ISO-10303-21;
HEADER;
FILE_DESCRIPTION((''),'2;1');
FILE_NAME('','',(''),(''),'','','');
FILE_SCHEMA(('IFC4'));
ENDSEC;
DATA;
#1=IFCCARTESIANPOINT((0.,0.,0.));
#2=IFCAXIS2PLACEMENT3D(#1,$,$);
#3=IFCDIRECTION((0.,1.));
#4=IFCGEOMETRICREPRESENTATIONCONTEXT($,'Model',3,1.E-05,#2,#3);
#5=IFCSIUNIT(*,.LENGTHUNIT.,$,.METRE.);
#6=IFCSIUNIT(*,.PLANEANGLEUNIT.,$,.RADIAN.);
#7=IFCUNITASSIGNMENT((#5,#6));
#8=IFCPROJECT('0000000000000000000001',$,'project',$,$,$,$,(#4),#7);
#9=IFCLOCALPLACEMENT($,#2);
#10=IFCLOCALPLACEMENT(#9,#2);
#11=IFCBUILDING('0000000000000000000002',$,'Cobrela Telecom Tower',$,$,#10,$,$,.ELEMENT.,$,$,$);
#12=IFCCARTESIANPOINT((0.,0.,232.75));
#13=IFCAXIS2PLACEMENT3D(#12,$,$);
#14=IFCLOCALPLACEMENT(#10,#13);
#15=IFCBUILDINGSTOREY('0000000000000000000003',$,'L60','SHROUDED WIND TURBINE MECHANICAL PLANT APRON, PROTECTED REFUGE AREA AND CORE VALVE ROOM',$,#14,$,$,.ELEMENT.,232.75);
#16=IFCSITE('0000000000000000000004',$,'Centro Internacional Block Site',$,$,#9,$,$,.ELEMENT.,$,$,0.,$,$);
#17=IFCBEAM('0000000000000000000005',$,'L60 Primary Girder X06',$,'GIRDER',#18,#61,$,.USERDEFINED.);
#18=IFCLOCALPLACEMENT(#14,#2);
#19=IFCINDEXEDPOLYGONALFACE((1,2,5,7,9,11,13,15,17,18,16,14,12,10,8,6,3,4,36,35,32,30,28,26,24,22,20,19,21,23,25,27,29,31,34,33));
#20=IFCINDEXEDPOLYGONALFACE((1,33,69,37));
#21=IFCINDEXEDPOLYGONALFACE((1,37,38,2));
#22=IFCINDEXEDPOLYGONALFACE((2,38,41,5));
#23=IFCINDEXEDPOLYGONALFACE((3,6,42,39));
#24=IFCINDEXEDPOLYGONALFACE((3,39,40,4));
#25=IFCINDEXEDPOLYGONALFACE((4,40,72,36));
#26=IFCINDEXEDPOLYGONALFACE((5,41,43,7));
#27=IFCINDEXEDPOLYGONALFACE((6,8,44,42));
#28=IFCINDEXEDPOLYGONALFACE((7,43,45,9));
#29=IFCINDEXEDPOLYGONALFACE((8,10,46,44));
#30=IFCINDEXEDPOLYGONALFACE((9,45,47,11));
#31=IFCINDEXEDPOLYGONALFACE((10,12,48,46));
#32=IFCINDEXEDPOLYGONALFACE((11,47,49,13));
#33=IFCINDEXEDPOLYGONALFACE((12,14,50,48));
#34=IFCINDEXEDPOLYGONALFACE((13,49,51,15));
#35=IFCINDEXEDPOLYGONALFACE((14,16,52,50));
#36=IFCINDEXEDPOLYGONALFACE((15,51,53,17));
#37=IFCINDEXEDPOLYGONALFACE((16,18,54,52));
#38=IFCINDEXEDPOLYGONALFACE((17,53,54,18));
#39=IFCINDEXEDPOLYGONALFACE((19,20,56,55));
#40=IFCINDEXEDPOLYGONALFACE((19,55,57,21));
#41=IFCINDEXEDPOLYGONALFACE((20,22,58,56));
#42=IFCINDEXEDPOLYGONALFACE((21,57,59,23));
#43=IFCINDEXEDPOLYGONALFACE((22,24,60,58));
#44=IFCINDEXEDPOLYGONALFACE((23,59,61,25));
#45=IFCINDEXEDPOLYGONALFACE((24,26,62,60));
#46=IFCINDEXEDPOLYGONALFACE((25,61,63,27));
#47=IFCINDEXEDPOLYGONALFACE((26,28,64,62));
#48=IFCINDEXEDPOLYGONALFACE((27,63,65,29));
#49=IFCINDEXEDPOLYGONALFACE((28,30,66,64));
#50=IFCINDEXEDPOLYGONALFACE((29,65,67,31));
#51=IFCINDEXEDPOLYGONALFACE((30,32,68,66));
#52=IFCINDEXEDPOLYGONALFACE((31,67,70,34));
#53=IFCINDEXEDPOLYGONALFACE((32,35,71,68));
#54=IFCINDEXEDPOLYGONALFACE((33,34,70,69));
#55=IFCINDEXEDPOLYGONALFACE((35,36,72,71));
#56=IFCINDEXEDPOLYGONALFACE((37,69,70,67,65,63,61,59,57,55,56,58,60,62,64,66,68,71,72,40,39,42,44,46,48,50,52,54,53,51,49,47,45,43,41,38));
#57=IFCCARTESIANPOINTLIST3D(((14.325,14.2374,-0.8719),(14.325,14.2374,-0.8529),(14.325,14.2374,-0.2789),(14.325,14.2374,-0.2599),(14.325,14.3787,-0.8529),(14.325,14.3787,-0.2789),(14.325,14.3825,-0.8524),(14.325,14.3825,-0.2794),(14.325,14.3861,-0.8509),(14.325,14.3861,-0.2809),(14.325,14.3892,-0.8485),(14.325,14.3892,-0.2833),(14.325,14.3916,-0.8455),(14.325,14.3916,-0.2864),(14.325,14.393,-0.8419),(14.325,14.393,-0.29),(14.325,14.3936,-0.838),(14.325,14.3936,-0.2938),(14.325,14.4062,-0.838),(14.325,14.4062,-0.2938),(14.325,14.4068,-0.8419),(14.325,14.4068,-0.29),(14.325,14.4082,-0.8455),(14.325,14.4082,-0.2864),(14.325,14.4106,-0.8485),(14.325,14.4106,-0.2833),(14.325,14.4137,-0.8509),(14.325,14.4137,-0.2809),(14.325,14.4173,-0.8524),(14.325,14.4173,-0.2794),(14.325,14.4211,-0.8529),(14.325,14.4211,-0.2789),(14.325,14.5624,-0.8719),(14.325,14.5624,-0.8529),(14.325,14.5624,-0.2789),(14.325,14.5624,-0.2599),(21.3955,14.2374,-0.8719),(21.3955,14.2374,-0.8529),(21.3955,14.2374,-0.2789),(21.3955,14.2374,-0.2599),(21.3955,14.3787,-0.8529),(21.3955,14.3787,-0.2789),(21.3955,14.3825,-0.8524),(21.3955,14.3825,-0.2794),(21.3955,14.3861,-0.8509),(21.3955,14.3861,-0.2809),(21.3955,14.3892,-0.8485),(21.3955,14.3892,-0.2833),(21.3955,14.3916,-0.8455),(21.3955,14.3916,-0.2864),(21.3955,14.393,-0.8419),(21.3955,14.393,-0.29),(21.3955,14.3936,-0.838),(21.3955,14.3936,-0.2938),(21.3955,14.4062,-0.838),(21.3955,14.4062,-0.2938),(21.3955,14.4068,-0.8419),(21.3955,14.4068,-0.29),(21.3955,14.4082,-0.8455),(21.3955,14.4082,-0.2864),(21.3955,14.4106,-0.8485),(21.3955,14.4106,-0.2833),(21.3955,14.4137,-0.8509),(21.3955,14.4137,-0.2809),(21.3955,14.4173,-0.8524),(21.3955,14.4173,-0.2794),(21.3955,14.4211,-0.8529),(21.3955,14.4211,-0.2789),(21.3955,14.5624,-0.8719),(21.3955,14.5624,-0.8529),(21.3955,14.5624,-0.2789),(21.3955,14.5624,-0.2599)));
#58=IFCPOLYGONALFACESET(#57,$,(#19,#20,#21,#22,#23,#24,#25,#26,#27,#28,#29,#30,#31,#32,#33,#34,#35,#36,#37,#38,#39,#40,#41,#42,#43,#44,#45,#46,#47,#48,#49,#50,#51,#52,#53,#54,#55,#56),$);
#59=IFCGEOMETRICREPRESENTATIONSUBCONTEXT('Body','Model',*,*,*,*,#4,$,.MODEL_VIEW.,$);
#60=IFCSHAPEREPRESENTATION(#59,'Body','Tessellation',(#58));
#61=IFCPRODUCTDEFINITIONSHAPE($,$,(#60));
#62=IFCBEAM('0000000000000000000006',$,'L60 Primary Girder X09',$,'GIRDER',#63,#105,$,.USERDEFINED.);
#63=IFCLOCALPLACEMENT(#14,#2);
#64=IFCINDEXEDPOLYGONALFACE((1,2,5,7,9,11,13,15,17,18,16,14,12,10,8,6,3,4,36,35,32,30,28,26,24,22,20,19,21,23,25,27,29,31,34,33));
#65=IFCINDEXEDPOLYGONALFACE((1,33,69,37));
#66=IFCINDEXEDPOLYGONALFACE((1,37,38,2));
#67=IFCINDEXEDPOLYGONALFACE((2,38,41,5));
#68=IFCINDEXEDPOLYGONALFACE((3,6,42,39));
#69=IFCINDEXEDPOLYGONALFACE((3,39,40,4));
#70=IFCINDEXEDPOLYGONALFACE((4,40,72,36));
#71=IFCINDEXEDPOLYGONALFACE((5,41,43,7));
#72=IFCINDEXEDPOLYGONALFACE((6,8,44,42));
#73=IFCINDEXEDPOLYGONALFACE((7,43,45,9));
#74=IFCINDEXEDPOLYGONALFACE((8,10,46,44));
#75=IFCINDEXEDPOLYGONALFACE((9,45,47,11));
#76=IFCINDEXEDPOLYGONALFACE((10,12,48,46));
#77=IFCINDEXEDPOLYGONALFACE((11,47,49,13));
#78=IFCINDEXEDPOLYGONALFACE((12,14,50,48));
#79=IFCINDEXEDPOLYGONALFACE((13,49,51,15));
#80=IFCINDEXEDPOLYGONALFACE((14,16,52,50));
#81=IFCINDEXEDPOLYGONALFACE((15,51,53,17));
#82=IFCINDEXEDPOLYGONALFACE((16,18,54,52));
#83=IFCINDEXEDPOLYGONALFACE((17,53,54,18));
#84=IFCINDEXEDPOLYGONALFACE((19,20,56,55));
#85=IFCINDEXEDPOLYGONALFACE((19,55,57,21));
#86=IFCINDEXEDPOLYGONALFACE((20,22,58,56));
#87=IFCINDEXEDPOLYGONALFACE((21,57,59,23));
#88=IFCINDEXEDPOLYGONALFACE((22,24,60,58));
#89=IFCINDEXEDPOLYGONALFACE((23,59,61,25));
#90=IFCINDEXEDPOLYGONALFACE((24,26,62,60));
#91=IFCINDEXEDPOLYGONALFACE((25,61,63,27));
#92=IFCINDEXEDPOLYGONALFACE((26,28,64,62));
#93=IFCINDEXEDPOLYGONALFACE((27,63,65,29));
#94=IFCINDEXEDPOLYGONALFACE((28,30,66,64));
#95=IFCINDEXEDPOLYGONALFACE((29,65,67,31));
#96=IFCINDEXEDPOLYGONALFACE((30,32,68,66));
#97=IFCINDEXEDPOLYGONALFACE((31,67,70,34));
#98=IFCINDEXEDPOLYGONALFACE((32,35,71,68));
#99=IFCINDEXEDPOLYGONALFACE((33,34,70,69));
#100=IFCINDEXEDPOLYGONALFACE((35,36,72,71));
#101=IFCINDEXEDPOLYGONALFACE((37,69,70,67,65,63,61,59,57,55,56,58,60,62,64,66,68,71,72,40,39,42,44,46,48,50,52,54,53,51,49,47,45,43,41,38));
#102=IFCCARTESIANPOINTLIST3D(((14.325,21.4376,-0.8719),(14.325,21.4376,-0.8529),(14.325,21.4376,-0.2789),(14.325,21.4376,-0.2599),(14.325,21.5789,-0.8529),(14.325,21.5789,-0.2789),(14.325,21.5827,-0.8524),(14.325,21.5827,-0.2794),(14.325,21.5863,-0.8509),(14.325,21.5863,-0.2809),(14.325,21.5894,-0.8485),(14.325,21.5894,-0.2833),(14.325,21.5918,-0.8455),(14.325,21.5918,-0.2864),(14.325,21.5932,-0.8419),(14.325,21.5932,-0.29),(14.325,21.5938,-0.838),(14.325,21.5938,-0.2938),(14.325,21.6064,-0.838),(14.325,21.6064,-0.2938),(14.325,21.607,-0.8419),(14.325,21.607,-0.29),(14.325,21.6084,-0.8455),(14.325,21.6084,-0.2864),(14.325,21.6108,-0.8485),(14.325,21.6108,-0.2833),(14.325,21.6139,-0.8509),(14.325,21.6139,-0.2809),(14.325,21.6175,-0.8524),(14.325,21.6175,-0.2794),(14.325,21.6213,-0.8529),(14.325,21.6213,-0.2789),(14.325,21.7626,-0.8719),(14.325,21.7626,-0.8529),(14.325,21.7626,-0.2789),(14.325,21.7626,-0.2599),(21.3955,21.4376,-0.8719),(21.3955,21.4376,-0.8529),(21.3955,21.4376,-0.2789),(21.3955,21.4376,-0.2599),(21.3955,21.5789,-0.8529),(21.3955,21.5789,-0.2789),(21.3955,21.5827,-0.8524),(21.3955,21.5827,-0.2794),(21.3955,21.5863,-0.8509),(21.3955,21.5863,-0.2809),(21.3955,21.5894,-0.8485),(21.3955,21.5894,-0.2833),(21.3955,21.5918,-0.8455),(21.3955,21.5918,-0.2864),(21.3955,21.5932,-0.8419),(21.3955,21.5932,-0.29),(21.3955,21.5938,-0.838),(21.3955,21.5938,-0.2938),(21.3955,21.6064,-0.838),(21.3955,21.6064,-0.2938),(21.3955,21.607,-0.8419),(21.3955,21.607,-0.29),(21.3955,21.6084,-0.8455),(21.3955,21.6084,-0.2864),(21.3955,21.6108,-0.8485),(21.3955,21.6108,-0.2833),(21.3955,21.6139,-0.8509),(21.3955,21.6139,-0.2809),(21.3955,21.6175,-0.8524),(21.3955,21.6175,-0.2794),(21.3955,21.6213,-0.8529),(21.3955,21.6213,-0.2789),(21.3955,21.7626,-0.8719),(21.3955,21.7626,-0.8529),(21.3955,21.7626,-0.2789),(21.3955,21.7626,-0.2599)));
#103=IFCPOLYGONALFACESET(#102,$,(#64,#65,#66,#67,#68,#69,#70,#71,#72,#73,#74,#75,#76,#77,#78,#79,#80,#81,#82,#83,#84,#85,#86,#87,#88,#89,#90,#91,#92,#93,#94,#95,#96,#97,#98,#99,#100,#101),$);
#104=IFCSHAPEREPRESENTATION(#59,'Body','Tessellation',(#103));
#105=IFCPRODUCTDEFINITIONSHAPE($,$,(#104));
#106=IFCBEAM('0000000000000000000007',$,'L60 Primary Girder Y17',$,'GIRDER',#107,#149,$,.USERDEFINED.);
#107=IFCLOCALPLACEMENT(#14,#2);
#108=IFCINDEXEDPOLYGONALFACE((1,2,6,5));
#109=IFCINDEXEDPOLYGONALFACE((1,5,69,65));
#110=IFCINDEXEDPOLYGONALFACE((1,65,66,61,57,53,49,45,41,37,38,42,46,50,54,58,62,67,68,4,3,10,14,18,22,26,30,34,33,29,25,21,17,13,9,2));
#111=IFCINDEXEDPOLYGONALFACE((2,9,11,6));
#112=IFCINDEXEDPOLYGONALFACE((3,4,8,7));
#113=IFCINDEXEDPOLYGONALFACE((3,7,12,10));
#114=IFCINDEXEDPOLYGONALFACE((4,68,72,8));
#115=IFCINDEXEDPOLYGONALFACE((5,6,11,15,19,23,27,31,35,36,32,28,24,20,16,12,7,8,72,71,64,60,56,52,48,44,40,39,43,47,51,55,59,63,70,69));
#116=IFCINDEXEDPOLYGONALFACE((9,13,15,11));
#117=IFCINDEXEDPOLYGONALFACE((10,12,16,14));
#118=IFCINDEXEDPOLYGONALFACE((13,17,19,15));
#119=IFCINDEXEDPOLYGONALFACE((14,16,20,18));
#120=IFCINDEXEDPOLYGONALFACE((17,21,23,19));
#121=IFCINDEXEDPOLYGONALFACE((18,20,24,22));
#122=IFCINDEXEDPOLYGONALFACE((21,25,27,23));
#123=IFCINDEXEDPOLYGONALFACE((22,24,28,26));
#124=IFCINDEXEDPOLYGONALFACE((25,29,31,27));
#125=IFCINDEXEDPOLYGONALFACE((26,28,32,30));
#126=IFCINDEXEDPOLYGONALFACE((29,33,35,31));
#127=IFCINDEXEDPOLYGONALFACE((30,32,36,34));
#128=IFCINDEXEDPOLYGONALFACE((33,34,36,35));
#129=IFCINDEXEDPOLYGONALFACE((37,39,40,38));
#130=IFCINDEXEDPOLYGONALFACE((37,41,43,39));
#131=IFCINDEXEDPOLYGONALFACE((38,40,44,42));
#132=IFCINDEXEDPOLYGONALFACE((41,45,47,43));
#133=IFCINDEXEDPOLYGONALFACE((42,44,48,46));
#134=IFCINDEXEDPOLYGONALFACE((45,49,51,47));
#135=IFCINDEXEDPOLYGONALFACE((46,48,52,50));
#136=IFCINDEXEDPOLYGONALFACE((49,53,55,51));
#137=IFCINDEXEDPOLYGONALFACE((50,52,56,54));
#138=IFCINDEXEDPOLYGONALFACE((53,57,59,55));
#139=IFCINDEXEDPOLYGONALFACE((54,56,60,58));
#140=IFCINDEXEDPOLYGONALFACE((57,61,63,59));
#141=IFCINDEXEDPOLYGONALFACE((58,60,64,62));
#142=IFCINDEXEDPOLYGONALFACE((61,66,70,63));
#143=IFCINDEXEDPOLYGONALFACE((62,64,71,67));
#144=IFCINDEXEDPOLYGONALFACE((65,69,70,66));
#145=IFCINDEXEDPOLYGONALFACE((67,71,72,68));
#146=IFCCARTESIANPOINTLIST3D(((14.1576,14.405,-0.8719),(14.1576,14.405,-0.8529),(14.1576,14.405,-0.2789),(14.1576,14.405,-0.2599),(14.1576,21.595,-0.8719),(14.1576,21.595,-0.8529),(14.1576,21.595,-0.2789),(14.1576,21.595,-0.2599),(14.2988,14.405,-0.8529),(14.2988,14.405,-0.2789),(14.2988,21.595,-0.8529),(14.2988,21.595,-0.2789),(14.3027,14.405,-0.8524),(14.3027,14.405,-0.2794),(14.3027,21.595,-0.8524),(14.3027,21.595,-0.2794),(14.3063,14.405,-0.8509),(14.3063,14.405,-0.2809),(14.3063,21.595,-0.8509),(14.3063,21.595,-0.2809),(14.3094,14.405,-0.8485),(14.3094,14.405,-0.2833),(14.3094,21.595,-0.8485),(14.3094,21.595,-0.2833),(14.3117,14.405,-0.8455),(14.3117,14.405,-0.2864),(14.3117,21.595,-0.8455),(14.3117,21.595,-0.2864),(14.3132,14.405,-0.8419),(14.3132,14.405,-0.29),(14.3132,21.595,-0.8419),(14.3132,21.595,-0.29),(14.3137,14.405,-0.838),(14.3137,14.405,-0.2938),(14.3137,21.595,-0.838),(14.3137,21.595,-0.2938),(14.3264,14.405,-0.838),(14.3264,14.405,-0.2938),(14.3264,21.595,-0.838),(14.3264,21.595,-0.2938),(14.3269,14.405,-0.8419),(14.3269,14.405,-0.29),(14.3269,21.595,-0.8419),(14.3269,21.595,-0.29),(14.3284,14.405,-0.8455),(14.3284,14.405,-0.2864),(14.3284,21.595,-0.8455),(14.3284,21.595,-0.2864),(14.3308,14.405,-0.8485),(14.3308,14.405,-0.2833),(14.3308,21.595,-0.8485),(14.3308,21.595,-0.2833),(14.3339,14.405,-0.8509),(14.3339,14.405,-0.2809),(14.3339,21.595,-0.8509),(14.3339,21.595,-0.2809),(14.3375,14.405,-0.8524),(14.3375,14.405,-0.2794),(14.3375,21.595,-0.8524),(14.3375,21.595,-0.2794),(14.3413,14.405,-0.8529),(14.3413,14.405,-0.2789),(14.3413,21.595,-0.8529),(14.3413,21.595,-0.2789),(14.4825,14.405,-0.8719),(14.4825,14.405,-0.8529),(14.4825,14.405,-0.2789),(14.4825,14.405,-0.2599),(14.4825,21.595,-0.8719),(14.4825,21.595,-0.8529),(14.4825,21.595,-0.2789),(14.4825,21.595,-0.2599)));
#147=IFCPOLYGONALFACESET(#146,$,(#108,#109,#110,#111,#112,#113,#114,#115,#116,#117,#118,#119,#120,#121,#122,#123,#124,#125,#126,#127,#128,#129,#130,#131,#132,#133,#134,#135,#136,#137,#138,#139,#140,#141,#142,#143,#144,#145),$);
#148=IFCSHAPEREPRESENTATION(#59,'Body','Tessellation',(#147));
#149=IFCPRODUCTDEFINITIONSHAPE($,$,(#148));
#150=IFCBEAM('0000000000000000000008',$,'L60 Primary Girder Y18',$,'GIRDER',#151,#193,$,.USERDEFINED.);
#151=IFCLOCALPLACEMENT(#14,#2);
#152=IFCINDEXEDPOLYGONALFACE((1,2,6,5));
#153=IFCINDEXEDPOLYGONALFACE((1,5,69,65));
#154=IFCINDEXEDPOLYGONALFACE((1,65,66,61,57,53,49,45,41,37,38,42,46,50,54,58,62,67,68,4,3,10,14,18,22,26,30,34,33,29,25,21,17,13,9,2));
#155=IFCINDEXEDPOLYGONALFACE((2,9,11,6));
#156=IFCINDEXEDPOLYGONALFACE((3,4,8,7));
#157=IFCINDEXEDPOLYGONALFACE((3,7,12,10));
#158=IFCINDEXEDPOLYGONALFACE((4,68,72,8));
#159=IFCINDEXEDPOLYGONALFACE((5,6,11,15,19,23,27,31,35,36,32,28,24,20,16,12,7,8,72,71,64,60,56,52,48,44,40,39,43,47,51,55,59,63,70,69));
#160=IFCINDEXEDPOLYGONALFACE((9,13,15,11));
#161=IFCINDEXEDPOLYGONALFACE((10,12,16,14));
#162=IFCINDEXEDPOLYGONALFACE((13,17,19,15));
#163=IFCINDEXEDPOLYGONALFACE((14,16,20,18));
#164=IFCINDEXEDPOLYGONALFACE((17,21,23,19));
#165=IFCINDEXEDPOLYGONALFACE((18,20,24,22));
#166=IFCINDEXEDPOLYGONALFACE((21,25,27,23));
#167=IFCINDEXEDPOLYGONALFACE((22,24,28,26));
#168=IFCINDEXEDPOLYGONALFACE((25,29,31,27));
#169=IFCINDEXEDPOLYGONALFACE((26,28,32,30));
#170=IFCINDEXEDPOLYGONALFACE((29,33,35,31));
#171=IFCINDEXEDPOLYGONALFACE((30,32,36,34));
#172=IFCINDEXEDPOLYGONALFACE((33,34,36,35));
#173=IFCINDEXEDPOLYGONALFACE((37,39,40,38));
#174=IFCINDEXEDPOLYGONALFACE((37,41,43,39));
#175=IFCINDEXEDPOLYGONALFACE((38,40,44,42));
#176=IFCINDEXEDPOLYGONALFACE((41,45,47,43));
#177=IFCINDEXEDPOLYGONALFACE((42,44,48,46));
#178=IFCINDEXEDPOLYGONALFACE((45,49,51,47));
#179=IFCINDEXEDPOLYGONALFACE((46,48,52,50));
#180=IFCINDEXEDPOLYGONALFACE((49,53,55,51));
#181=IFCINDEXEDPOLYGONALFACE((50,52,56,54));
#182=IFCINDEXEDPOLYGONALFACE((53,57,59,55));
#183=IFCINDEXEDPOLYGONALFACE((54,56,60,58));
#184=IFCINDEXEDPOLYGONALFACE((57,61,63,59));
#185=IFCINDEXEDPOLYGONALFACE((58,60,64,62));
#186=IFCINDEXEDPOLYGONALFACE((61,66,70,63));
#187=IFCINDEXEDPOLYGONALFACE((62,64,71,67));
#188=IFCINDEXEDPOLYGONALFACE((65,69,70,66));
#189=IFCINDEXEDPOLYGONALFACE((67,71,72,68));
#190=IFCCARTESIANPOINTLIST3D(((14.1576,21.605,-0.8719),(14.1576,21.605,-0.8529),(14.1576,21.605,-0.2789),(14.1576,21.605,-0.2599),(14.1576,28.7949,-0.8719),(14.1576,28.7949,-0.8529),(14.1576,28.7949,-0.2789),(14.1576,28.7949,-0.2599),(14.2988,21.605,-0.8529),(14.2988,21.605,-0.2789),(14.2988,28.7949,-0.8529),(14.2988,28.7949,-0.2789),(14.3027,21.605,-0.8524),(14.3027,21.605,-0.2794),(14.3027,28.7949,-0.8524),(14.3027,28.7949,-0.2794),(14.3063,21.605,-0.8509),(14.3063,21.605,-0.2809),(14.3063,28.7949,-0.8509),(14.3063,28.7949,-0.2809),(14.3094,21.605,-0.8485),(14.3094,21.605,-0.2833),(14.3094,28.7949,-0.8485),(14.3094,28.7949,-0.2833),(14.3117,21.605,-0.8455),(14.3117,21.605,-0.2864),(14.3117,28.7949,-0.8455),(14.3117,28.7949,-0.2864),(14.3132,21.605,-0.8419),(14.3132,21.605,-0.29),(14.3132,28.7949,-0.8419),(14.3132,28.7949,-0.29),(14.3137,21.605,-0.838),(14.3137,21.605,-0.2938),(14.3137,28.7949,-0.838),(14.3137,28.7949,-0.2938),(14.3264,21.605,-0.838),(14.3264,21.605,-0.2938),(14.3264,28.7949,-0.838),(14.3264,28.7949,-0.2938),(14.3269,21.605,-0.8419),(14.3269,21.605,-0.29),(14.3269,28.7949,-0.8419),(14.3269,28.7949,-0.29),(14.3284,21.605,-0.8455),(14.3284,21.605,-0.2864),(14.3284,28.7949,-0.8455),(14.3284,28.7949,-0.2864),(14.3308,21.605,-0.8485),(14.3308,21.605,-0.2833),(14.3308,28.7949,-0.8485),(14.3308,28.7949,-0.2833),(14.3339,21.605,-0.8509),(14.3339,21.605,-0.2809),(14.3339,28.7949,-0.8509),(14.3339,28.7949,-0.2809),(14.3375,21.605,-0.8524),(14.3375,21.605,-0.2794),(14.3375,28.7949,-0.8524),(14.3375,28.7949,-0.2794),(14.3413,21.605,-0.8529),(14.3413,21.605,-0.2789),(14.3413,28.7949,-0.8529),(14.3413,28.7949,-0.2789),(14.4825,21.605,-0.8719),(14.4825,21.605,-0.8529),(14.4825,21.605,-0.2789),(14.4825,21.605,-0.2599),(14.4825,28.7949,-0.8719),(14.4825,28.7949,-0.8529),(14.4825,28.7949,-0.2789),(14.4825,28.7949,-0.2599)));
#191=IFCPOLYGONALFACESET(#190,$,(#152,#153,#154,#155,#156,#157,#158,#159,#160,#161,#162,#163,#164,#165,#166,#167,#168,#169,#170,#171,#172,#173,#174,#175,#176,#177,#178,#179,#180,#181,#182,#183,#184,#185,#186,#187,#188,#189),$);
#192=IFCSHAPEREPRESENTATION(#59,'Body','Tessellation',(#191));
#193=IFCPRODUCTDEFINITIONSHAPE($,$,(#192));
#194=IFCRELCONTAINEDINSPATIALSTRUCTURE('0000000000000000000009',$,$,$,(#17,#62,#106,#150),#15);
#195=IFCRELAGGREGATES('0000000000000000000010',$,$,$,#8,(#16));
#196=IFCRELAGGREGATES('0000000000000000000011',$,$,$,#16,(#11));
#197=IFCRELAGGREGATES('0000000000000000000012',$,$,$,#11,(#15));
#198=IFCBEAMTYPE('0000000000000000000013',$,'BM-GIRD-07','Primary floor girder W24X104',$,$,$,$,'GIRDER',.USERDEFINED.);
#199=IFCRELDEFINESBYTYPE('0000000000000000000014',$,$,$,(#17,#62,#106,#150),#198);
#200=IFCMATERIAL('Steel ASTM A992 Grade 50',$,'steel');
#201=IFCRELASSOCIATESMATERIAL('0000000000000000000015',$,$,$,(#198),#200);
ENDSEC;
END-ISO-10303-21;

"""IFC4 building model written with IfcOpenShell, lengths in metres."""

from ifc_helpers import new_model, si_unit, direction, frame, origin, origin_2d, place, context, subcontext, project, spatial, i_section, extrude, material, material_profile, profile_set, type_object, element, save


model = new_model("IFC4")

# Units and contexts
model_context = context("Model", 3, precision=1e-05, world=origin(), true_north=direction((0.0, 1.0)))
body_context = subcontext(model_context, "Body", "Model", "MODEL_VIEW")
ifc_project = project(units=[si_unit("LENGTHUNIT", "METRE"), si_unit("PLANEANGLEUNIT", "RADIAN")], contexts=[model_context])

# Site, building, storey
site_placement = place(None, origin())
site = spatial("IfcSite", under=ifc_project, at=site_placement, Name="Centro Internacional Block Site", CompositionType="ELEMENT", RefElevation=0.0)
building_placement = place(site_placement, origin())
building = spatial("IfcBuilding", under=site, at=building_placement, Name="Cobrela Telecom Tower", CompositionType="ELEMENT")
storey_placement = place(building_placement, frame((0.0, 0.0, 232.75)))
storey = spatial("IfcBuildingStorey", under=building, at=storey_placement, Name="L60", Description="SHROUDED WIND TURBINE MECHANICAL PLANT APRON, PROTECTED REFUGE AREA AND CORE VALVE ROOM", CompositionType="ELEMENT", Elevation=232.75)

# Beams
ifc_material_1 = material(Name="Steel ASTM A992 Grade 50", Category="steel")
ifc_material_profile_1 = material_profile(ifc_material_1, i_section(OverallWidth=0.325, OverallDepth=0.6121, WebThickness=0.0127, FlangeThickness=0.019, FilletRadius=0.0149, at=origin_2d()), Name="W24X104")
ifc_profile_set_1 = profile_set([ifc_material_profile_1], Name="Steel ASTM A992 Grade 50")
beam_type_1 = type_object("IfcBeamType", Name="BM-GIRD-07", Description="Primary floor girder W24X104", ElementType="GIRDER", PredefinedType="USERDEFINED", material=ifc_profile_set_1)
for number, where, z_axis, x_axis, name in (
    (1, (14.325, 14.3999, -0.5659), (1.0, 0.0, 0.0), (0.0, 1.0, 0.0), "L60 Primary Girder X06"),
    (2, (14.325, 21.6001, -0.5659), (1.0, 0.0, 0.0), (0.0, 1.0, 0.0), "L60 Primary Girder X09"),
):
    element("IfcBeam", number, at=place(storey_placement, frame(where, z_axis=z_axis, x_axis=x_axis)), inside=storey, type_object=beam_type_1, Name=name, ObjectType="GIRDER", PredefinedType="USERDEFINED", context=body_context, shape_type="SweptSolid", body=[
        extrude(i_section(OverallWidth=0.325, OverallDepth=0.6121, WebThickness=0.0127, FlangeThickness=0.019, FilletRadius=0.0149, at=origin_2d()), origin(), (0.0, 0.0, 1.0), 7.0706),
    ])
for number, where, z_axis, x_axis, name in (
    (3, (14.3201, 14.405, -0.5659), (0.0, 1.0, 0.0), (-1.0, 0.0, 0.0), "L60 Primary Girder Y17"),
    (4, (14.3201, 21.605, -0.5659), (0.0, 1.0, 0.0), (-1.0, 0.0, 0.0), "L60 Primary Girder Y18"),
):
    element("IfcBeam", number, at=place(storey_placement, frame(where, z_axis=z_axis, x_axis=x_axis)), inside=storey, type_object=beam_type_1, Name=name, ObjectType="GIRDER", PredefinedType="USERDEFINED", context=body_context, shape_type="SweptSolid", body=[
        extrude(i_section(OverallWidth=0.325, OverallDepth=0.6121, WebThickness=0.0127, FlangeThickness=0.019, FilletRadius=0.0149, at=origin_2d()), origin(), (0.0, 0.0, 1.0), 7.1899),
    ])

save(model, "model.ifc")
